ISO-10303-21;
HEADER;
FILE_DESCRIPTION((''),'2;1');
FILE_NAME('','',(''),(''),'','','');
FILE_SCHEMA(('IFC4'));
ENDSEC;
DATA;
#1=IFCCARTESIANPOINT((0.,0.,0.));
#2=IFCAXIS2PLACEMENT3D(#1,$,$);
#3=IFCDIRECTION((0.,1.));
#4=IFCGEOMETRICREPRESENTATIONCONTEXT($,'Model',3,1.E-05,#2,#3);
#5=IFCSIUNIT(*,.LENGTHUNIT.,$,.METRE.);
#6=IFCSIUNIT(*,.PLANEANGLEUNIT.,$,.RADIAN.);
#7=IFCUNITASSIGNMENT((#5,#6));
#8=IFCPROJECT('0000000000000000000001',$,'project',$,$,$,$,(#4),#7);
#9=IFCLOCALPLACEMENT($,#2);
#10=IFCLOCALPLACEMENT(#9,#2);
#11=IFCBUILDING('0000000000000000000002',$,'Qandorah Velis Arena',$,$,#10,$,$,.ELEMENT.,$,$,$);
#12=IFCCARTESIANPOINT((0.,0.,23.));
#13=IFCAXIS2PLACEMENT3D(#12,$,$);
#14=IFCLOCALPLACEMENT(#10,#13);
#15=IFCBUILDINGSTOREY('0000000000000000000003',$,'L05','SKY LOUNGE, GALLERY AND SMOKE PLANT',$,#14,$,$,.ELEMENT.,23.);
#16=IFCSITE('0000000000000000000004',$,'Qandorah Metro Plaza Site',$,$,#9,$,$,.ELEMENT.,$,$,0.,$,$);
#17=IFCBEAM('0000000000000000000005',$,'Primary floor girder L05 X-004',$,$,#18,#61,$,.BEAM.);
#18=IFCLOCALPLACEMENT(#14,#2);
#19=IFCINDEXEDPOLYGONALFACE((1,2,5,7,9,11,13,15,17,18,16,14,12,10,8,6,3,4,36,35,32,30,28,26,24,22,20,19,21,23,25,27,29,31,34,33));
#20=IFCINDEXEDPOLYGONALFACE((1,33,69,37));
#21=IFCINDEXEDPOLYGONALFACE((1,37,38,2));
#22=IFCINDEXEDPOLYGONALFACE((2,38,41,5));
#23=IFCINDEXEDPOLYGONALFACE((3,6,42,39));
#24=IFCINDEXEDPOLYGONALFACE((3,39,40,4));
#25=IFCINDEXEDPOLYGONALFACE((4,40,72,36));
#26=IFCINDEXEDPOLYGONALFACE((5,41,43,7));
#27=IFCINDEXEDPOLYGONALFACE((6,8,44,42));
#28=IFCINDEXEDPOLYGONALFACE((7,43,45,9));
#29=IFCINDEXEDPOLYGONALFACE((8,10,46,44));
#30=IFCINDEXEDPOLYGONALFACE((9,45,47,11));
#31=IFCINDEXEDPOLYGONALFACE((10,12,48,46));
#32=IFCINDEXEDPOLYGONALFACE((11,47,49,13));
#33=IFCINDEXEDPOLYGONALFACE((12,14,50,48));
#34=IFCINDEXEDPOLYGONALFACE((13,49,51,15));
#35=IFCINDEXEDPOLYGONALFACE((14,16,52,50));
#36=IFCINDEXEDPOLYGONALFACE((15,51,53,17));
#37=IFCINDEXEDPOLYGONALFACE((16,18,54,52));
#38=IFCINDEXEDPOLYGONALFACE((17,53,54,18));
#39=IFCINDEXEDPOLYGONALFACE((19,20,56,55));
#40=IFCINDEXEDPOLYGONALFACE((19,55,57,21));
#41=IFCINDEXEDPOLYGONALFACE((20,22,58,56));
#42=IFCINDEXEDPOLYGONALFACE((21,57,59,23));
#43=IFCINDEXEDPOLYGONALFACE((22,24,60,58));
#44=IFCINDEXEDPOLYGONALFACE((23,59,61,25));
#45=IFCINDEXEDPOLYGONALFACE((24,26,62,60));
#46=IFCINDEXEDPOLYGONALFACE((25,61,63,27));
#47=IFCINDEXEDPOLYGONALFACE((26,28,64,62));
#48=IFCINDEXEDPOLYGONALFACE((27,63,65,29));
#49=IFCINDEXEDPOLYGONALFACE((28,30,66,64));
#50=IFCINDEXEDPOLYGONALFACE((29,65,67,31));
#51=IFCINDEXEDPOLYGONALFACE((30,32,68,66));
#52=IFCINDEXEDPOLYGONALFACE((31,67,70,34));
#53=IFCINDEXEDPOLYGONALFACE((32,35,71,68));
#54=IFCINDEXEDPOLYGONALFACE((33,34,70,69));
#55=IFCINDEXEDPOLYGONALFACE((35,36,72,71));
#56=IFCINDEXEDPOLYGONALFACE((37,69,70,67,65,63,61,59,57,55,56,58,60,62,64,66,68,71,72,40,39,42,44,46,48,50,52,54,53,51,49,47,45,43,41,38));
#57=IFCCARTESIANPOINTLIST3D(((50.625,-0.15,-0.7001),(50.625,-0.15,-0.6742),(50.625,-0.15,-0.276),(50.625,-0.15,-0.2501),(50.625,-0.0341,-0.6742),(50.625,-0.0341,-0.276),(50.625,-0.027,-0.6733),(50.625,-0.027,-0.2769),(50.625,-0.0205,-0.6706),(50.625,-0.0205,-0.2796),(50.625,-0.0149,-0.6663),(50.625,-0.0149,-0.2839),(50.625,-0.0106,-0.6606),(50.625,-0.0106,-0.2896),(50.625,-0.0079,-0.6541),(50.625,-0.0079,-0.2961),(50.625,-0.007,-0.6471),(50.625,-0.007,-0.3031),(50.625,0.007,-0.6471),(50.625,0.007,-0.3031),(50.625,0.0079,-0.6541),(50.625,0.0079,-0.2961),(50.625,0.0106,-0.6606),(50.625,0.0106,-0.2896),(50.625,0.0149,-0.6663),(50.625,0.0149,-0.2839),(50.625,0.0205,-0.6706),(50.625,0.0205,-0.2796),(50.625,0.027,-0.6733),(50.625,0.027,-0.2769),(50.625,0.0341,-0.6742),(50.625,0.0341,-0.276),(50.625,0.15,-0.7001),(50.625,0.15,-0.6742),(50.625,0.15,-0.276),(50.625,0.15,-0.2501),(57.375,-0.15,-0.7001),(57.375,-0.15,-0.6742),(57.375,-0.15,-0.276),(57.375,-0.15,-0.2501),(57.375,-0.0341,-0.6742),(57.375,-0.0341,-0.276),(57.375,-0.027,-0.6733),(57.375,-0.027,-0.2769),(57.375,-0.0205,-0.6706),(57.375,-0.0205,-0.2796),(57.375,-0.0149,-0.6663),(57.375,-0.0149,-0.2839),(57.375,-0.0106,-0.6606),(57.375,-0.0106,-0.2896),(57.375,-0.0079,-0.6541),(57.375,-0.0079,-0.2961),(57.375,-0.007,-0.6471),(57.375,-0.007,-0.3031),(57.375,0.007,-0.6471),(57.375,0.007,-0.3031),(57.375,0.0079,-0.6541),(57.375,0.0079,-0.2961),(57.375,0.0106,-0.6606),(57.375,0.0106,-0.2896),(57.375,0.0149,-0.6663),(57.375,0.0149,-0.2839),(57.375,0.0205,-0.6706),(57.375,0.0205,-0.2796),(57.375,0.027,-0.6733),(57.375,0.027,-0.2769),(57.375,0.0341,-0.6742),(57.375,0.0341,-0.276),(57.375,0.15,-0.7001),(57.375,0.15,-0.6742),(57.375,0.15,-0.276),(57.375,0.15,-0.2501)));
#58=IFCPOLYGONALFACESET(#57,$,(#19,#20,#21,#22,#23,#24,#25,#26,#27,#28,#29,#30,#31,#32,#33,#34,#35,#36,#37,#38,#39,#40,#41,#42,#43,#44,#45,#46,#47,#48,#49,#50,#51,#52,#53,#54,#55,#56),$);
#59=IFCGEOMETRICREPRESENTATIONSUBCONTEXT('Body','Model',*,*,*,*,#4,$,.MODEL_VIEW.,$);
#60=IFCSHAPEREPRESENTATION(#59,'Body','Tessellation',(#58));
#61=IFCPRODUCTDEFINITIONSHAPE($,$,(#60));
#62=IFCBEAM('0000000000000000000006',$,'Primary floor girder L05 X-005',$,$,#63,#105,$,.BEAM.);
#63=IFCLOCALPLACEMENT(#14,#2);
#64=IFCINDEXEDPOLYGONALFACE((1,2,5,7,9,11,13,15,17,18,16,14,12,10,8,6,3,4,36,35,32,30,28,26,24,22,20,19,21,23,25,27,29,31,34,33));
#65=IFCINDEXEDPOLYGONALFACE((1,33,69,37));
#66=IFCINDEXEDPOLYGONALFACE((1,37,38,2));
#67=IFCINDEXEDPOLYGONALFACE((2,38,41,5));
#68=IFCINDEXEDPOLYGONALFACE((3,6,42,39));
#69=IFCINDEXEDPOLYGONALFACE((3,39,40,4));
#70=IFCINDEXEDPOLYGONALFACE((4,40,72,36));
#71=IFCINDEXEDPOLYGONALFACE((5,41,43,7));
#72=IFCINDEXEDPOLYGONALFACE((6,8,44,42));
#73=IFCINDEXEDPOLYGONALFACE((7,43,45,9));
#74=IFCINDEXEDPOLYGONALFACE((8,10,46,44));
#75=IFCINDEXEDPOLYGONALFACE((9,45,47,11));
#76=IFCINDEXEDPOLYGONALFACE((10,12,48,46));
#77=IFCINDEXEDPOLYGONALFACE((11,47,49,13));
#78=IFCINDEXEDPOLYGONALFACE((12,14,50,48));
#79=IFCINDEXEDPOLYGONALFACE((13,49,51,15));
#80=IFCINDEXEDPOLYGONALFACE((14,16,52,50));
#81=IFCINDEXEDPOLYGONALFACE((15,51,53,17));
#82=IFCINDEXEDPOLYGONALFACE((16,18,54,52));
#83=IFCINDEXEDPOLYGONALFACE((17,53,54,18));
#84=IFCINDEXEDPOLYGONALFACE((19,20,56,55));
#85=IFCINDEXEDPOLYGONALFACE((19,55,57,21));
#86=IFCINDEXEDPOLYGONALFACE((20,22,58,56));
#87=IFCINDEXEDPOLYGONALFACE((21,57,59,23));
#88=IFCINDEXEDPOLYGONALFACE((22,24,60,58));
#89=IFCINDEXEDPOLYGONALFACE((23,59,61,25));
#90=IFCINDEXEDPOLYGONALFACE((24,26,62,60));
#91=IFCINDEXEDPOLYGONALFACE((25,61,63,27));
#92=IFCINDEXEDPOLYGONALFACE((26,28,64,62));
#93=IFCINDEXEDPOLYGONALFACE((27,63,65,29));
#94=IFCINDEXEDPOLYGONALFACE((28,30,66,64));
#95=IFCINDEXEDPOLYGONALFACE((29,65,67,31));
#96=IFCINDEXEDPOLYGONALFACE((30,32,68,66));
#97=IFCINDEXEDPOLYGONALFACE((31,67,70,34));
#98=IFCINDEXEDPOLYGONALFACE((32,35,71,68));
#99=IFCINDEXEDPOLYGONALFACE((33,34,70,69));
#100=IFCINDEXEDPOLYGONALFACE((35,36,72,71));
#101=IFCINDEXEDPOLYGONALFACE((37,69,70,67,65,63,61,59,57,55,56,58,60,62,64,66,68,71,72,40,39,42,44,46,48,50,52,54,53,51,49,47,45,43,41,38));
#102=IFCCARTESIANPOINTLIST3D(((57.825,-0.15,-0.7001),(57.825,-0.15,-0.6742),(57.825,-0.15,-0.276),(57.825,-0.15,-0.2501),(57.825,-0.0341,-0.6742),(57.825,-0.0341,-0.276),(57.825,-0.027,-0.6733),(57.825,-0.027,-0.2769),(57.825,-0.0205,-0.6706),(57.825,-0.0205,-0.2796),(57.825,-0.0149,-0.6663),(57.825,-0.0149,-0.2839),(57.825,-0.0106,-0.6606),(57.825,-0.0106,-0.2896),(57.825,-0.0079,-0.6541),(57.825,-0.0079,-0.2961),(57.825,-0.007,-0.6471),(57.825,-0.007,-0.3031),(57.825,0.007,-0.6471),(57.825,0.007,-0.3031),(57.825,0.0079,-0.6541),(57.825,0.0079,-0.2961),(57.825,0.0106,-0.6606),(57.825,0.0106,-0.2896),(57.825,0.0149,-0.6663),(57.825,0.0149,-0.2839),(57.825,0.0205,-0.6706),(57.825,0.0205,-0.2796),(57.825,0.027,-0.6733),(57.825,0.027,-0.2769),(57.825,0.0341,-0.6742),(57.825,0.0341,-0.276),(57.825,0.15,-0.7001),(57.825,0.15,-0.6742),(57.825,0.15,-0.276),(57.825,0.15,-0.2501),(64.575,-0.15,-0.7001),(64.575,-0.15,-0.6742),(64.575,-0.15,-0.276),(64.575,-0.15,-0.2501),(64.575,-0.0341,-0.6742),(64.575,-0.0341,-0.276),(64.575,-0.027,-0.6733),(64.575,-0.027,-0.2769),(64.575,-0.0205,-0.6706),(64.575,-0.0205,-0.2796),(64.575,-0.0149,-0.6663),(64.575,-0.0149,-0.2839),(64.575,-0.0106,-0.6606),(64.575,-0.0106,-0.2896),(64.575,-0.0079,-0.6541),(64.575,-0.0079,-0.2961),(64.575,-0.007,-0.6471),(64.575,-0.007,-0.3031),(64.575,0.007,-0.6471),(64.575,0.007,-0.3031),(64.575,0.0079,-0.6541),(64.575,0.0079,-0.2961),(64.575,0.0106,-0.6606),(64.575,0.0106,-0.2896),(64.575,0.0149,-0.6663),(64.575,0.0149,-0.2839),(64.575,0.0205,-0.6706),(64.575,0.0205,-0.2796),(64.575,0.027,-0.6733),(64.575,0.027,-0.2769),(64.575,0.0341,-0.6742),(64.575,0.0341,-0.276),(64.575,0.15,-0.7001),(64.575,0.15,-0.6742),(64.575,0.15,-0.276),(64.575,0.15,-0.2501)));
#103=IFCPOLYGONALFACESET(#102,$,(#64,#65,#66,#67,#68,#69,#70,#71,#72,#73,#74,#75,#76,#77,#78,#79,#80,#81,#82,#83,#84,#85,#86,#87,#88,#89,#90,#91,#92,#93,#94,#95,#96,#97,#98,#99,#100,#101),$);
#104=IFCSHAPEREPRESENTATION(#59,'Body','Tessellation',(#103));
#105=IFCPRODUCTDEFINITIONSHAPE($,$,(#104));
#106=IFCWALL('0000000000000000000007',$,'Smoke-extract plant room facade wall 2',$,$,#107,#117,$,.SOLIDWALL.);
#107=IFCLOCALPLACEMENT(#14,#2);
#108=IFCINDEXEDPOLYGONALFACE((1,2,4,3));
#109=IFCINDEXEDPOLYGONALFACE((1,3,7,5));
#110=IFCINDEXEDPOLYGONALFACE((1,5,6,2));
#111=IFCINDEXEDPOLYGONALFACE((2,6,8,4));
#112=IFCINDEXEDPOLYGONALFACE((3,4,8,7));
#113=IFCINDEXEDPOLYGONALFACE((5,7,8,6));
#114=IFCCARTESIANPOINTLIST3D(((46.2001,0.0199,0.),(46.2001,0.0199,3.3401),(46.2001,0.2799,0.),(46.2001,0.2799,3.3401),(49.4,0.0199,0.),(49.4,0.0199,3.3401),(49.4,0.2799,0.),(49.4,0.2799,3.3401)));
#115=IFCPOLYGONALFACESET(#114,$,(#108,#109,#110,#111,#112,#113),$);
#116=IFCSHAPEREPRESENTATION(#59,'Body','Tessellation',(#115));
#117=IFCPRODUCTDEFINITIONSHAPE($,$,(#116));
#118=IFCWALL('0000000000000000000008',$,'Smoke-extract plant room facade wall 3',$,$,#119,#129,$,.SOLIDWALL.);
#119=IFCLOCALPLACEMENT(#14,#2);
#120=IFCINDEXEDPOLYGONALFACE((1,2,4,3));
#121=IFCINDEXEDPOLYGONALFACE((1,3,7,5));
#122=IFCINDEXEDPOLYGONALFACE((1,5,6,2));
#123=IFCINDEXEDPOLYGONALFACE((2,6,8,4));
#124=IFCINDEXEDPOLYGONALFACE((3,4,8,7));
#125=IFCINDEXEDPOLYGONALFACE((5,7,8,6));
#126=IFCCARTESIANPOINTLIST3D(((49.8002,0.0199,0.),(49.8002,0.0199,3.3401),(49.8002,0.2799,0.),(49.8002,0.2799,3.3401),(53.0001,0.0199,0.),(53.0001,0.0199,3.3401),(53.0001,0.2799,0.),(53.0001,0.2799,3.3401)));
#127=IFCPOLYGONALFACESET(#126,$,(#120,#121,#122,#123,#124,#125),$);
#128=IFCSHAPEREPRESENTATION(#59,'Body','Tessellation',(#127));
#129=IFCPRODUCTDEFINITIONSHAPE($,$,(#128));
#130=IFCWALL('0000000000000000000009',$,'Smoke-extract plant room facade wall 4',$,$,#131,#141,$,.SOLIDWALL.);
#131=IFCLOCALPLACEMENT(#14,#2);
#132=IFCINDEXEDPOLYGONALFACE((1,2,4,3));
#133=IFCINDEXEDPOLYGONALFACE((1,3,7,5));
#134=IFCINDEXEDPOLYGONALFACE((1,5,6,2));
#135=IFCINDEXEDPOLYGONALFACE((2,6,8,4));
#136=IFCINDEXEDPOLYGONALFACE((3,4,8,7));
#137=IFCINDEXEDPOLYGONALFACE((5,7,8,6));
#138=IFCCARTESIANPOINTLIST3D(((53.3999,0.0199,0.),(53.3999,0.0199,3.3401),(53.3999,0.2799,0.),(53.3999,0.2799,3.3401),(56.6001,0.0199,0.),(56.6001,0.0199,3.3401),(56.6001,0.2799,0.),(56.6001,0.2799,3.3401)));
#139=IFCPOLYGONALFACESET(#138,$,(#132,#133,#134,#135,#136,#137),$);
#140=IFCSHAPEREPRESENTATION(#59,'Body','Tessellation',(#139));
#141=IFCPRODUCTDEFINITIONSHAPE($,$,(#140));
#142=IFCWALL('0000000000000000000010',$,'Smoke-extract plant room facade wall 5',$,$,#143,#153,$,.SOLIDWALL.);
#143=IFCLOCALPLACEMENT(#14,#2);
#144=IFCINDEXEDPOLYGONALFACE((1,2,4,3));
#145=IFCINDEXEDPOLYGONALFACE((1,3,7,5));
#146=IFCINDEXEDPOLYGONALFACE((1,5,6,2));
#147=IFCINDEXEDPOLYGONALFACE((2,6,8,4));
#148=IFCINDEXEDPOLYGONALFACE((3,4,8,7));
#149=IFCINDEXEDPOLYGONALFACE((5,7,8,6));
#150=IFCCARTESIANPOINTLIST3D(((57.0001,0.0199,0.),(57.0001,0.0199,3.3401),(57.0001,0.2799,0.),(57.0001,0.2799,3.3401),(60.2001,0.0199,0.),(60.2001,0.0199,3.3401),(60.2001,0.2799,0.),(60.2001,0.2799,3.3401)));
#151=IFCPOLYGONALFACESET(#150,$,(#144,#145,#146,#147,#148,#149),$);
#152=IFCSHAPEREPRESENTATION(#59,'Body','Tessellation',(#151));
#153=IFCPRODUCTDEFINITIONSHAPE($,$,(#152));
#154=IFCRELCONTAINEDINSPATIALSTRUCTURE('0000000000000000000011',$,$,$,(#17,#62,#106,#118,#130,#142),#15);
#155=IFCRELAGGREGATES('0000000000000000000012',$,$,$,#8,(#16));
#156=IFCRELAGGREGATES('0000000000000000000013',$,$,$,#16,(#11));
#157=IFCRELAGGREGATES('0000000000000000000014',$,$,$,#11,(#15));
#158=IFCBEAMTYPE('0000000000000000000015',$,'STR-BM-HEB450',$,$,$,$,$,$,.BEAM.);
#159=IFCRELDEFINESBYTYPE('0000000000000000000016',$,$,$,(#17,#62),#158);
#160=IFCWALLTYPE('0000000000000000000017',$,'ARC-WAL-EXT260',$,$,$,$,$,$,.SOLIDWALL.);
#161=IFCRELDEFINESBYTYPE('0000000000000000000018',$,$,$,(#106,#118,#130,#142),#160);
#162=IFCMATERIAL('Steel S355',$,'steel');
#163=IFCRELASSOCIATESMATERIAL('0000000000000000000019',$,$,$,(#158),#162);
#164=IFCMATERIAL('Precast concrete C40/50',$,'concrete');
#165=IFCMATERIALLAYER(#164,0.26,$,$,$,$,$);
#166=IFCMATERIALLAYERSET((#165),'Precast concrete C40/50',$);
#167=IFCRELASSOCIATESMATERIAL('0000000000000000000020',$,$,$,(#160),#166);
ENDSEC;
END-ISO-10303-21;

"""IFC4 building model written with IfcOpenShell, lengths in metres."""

from ifc_helpers import new_model, si_unit, direction, frame, frame_2d, origin, origin_2d, place, context, subcontext, project, spatial, rectangle, i_section, extrude, material, layer, layer_set, material_profile, profile_set, type_object, element, save


model = new_model("IFC4")

# Units and contexts
model_context = context("Model", 3, precision=1e-05, world=origin(), true_north=direction((0.0, 1.0)))
body_context = subcontext(model_context, "Body", "Model", "MODEL_VIEW")
ifc_project = project(units=[si_unit("LENGTHUNIT", "METRE"), si_unit("PLANEANGLEUNIT", "RADIAN")], contexts=[model_context])

# Site, building, storey
site_placement = place(None, origin())
site = spatial("IfcSite", under=ifc_project, at=site_placement, Name="Qandorah Metro Plaza Site", CompositionType="ELEMENT", RefElevation=0.0)
building_placement = place(site_placement, origin())
building = spatial("IfcBuilding", under=site, at=building_placement, Name="Qandorah Velis Arena", CompositionType="ELEMENT")
storey_placement = place(building_placement, frame((0.0, 0.0, 23.0)))
storey = spatial("IfcBuildingStorey", under=building, at=storey_placement, Name="L05", Description="SKY LOUNGE, GALLERY AND SMOKE PLANT", CompositionType="ELEMENT", Elevation=23.0)

# Beams
ifc_material_1 = material(Name="Steel S355", Category="steel")
ifc_material_profile_1 = material_profile(ifc_material_1, i_section(OverallWidth=0.3, OverallDepth=0.45, WebThickness=0.0139, FlangeThickness=0.0259, FilletRadius=0.0271, at=origin_2d()), Name="HEB 450")
ifc_profile_set_1 = profile_set([ifc_material_profile_1], Name="Steel S355")
beam_type_1 = type_object("IfcBeamType", Name="STR-BM-HEB450", PredefinedType="BEAM", material=ifc_profile_set_1)
for number, where, z_axis, x_axis, name in (
    (1, (50.625, 0.0, -0.4751), (1.0, 0.0, 0.0), (0.0, 1.0, 0.0), "Primary floor girder L05 X-004"),
    (2, (57.825, 0.0, -0.4751), (1.0, 0.0, 0.0), (0.0, 1.0, 0.0), "Primary floor girder L05 X-005"),
):
    element("IfcBeam", number, at=place(storey_placement, frame(where, z_axis=z_axis, x_axis=x_axis)), inside=storey, type_object=beam_type_1, Name=name, PredefinedType="BEAM", context=body_context, shape_type="SweptSolid", body=[
        extrude(i_section(OverallWidth=0.3, OverallDepth=0.45, WebThickness=0.0139, FlangeThickness=0.0259, FilletRadius=0.0271, at=origin_2d()), origin(), (0.0, 0.0, 1.0), 6.75),
    ])

# Walls
ifc_material_2 = material(Name="Precast concrete C40/50", Category="concrete")
ifc_layer_1 = layer(ifc_material_2, 0.26)
ifc_layer_set_1 = layer_set([ifc_layer_1], Name="Precast concrete C40/50")
wall_type = type_object("IfcWallType", Name="ARC-WAL-EXT260", PredefinedType="SOLIDWALL", material=ifc_layer_set_1)
for number, where, z_axis, x_axis, name in (
    (3, (46.2, 0.1499, 0.0), (0.0, 0.0, 1.0), (1.0, 0.0, 0.0), "Smoke-extract plant room facade wall 2"),
    (4, (49.8, 0.1499, 0.0), (0.0, 0.0, 1.0), (1.0, 0.0, 0.0), "Smoke-extract plant room facade wall 3"),
):
    element("IfcWall", number, at=place(storey_placement, frame(where, z_axis=z_axis, x_axis=x_axis)), inside=storey, type_object=wall_type, Name=name, PredefinedType="SOLIDWALL", context=body_context, shape_type="SweptSolid", body=[
        extrude(rectangle(XDim=3.2, YDim=0.26, at=frame_2d((1.6001, 0.0))), origin(), (0.0, 0.0, 1.0), 3.3401),
    ])
wall_1_placement = place(storey_placement, frame((53.3999, 0.1499, 0.0), z_axis=(0.0, 0.0, 1.0), x_axis=(1.0, 0.0, 0.0)))
element("IfcWall", 5, at=wall_1_placement, inside=storey, type_object=wall_type, Name="Smoke-extract plant room facade wall 4", PredefinedType="SOLIDWALL", context=body_context, shape_type="SweptSolid", body=[
    extrude(rectangle(XDim=3.2002, YDim=0.26, at=frame_2d((1.6001, 0.0))), origin(), (0.0, 0.0, 1.0), 3.3401),
])
wall_2_placement = place(storey_placement, frame((57.0, 0.1499, 0.0), z_axis=(0.0, 0.0, 1.0), x_axis=(1.0, 0.0, 0.0)))
element("IfcWall", 6, at=wall_2_placement, inside=storey, type_object=wall_type, Name="Smoke-extract plant room facade wall 5", PredefinedType="SOLIDWALL", context=body_context, shape_type="SweptSolid", body=[
    extrude(rectangle(XDim=3.2, YDim=0.26, at=frame_2d((1.6001, 0.0))), origin(), (0.0, 0.0, 1.0), 3.3401),
])

save(model, "model.ifc")
